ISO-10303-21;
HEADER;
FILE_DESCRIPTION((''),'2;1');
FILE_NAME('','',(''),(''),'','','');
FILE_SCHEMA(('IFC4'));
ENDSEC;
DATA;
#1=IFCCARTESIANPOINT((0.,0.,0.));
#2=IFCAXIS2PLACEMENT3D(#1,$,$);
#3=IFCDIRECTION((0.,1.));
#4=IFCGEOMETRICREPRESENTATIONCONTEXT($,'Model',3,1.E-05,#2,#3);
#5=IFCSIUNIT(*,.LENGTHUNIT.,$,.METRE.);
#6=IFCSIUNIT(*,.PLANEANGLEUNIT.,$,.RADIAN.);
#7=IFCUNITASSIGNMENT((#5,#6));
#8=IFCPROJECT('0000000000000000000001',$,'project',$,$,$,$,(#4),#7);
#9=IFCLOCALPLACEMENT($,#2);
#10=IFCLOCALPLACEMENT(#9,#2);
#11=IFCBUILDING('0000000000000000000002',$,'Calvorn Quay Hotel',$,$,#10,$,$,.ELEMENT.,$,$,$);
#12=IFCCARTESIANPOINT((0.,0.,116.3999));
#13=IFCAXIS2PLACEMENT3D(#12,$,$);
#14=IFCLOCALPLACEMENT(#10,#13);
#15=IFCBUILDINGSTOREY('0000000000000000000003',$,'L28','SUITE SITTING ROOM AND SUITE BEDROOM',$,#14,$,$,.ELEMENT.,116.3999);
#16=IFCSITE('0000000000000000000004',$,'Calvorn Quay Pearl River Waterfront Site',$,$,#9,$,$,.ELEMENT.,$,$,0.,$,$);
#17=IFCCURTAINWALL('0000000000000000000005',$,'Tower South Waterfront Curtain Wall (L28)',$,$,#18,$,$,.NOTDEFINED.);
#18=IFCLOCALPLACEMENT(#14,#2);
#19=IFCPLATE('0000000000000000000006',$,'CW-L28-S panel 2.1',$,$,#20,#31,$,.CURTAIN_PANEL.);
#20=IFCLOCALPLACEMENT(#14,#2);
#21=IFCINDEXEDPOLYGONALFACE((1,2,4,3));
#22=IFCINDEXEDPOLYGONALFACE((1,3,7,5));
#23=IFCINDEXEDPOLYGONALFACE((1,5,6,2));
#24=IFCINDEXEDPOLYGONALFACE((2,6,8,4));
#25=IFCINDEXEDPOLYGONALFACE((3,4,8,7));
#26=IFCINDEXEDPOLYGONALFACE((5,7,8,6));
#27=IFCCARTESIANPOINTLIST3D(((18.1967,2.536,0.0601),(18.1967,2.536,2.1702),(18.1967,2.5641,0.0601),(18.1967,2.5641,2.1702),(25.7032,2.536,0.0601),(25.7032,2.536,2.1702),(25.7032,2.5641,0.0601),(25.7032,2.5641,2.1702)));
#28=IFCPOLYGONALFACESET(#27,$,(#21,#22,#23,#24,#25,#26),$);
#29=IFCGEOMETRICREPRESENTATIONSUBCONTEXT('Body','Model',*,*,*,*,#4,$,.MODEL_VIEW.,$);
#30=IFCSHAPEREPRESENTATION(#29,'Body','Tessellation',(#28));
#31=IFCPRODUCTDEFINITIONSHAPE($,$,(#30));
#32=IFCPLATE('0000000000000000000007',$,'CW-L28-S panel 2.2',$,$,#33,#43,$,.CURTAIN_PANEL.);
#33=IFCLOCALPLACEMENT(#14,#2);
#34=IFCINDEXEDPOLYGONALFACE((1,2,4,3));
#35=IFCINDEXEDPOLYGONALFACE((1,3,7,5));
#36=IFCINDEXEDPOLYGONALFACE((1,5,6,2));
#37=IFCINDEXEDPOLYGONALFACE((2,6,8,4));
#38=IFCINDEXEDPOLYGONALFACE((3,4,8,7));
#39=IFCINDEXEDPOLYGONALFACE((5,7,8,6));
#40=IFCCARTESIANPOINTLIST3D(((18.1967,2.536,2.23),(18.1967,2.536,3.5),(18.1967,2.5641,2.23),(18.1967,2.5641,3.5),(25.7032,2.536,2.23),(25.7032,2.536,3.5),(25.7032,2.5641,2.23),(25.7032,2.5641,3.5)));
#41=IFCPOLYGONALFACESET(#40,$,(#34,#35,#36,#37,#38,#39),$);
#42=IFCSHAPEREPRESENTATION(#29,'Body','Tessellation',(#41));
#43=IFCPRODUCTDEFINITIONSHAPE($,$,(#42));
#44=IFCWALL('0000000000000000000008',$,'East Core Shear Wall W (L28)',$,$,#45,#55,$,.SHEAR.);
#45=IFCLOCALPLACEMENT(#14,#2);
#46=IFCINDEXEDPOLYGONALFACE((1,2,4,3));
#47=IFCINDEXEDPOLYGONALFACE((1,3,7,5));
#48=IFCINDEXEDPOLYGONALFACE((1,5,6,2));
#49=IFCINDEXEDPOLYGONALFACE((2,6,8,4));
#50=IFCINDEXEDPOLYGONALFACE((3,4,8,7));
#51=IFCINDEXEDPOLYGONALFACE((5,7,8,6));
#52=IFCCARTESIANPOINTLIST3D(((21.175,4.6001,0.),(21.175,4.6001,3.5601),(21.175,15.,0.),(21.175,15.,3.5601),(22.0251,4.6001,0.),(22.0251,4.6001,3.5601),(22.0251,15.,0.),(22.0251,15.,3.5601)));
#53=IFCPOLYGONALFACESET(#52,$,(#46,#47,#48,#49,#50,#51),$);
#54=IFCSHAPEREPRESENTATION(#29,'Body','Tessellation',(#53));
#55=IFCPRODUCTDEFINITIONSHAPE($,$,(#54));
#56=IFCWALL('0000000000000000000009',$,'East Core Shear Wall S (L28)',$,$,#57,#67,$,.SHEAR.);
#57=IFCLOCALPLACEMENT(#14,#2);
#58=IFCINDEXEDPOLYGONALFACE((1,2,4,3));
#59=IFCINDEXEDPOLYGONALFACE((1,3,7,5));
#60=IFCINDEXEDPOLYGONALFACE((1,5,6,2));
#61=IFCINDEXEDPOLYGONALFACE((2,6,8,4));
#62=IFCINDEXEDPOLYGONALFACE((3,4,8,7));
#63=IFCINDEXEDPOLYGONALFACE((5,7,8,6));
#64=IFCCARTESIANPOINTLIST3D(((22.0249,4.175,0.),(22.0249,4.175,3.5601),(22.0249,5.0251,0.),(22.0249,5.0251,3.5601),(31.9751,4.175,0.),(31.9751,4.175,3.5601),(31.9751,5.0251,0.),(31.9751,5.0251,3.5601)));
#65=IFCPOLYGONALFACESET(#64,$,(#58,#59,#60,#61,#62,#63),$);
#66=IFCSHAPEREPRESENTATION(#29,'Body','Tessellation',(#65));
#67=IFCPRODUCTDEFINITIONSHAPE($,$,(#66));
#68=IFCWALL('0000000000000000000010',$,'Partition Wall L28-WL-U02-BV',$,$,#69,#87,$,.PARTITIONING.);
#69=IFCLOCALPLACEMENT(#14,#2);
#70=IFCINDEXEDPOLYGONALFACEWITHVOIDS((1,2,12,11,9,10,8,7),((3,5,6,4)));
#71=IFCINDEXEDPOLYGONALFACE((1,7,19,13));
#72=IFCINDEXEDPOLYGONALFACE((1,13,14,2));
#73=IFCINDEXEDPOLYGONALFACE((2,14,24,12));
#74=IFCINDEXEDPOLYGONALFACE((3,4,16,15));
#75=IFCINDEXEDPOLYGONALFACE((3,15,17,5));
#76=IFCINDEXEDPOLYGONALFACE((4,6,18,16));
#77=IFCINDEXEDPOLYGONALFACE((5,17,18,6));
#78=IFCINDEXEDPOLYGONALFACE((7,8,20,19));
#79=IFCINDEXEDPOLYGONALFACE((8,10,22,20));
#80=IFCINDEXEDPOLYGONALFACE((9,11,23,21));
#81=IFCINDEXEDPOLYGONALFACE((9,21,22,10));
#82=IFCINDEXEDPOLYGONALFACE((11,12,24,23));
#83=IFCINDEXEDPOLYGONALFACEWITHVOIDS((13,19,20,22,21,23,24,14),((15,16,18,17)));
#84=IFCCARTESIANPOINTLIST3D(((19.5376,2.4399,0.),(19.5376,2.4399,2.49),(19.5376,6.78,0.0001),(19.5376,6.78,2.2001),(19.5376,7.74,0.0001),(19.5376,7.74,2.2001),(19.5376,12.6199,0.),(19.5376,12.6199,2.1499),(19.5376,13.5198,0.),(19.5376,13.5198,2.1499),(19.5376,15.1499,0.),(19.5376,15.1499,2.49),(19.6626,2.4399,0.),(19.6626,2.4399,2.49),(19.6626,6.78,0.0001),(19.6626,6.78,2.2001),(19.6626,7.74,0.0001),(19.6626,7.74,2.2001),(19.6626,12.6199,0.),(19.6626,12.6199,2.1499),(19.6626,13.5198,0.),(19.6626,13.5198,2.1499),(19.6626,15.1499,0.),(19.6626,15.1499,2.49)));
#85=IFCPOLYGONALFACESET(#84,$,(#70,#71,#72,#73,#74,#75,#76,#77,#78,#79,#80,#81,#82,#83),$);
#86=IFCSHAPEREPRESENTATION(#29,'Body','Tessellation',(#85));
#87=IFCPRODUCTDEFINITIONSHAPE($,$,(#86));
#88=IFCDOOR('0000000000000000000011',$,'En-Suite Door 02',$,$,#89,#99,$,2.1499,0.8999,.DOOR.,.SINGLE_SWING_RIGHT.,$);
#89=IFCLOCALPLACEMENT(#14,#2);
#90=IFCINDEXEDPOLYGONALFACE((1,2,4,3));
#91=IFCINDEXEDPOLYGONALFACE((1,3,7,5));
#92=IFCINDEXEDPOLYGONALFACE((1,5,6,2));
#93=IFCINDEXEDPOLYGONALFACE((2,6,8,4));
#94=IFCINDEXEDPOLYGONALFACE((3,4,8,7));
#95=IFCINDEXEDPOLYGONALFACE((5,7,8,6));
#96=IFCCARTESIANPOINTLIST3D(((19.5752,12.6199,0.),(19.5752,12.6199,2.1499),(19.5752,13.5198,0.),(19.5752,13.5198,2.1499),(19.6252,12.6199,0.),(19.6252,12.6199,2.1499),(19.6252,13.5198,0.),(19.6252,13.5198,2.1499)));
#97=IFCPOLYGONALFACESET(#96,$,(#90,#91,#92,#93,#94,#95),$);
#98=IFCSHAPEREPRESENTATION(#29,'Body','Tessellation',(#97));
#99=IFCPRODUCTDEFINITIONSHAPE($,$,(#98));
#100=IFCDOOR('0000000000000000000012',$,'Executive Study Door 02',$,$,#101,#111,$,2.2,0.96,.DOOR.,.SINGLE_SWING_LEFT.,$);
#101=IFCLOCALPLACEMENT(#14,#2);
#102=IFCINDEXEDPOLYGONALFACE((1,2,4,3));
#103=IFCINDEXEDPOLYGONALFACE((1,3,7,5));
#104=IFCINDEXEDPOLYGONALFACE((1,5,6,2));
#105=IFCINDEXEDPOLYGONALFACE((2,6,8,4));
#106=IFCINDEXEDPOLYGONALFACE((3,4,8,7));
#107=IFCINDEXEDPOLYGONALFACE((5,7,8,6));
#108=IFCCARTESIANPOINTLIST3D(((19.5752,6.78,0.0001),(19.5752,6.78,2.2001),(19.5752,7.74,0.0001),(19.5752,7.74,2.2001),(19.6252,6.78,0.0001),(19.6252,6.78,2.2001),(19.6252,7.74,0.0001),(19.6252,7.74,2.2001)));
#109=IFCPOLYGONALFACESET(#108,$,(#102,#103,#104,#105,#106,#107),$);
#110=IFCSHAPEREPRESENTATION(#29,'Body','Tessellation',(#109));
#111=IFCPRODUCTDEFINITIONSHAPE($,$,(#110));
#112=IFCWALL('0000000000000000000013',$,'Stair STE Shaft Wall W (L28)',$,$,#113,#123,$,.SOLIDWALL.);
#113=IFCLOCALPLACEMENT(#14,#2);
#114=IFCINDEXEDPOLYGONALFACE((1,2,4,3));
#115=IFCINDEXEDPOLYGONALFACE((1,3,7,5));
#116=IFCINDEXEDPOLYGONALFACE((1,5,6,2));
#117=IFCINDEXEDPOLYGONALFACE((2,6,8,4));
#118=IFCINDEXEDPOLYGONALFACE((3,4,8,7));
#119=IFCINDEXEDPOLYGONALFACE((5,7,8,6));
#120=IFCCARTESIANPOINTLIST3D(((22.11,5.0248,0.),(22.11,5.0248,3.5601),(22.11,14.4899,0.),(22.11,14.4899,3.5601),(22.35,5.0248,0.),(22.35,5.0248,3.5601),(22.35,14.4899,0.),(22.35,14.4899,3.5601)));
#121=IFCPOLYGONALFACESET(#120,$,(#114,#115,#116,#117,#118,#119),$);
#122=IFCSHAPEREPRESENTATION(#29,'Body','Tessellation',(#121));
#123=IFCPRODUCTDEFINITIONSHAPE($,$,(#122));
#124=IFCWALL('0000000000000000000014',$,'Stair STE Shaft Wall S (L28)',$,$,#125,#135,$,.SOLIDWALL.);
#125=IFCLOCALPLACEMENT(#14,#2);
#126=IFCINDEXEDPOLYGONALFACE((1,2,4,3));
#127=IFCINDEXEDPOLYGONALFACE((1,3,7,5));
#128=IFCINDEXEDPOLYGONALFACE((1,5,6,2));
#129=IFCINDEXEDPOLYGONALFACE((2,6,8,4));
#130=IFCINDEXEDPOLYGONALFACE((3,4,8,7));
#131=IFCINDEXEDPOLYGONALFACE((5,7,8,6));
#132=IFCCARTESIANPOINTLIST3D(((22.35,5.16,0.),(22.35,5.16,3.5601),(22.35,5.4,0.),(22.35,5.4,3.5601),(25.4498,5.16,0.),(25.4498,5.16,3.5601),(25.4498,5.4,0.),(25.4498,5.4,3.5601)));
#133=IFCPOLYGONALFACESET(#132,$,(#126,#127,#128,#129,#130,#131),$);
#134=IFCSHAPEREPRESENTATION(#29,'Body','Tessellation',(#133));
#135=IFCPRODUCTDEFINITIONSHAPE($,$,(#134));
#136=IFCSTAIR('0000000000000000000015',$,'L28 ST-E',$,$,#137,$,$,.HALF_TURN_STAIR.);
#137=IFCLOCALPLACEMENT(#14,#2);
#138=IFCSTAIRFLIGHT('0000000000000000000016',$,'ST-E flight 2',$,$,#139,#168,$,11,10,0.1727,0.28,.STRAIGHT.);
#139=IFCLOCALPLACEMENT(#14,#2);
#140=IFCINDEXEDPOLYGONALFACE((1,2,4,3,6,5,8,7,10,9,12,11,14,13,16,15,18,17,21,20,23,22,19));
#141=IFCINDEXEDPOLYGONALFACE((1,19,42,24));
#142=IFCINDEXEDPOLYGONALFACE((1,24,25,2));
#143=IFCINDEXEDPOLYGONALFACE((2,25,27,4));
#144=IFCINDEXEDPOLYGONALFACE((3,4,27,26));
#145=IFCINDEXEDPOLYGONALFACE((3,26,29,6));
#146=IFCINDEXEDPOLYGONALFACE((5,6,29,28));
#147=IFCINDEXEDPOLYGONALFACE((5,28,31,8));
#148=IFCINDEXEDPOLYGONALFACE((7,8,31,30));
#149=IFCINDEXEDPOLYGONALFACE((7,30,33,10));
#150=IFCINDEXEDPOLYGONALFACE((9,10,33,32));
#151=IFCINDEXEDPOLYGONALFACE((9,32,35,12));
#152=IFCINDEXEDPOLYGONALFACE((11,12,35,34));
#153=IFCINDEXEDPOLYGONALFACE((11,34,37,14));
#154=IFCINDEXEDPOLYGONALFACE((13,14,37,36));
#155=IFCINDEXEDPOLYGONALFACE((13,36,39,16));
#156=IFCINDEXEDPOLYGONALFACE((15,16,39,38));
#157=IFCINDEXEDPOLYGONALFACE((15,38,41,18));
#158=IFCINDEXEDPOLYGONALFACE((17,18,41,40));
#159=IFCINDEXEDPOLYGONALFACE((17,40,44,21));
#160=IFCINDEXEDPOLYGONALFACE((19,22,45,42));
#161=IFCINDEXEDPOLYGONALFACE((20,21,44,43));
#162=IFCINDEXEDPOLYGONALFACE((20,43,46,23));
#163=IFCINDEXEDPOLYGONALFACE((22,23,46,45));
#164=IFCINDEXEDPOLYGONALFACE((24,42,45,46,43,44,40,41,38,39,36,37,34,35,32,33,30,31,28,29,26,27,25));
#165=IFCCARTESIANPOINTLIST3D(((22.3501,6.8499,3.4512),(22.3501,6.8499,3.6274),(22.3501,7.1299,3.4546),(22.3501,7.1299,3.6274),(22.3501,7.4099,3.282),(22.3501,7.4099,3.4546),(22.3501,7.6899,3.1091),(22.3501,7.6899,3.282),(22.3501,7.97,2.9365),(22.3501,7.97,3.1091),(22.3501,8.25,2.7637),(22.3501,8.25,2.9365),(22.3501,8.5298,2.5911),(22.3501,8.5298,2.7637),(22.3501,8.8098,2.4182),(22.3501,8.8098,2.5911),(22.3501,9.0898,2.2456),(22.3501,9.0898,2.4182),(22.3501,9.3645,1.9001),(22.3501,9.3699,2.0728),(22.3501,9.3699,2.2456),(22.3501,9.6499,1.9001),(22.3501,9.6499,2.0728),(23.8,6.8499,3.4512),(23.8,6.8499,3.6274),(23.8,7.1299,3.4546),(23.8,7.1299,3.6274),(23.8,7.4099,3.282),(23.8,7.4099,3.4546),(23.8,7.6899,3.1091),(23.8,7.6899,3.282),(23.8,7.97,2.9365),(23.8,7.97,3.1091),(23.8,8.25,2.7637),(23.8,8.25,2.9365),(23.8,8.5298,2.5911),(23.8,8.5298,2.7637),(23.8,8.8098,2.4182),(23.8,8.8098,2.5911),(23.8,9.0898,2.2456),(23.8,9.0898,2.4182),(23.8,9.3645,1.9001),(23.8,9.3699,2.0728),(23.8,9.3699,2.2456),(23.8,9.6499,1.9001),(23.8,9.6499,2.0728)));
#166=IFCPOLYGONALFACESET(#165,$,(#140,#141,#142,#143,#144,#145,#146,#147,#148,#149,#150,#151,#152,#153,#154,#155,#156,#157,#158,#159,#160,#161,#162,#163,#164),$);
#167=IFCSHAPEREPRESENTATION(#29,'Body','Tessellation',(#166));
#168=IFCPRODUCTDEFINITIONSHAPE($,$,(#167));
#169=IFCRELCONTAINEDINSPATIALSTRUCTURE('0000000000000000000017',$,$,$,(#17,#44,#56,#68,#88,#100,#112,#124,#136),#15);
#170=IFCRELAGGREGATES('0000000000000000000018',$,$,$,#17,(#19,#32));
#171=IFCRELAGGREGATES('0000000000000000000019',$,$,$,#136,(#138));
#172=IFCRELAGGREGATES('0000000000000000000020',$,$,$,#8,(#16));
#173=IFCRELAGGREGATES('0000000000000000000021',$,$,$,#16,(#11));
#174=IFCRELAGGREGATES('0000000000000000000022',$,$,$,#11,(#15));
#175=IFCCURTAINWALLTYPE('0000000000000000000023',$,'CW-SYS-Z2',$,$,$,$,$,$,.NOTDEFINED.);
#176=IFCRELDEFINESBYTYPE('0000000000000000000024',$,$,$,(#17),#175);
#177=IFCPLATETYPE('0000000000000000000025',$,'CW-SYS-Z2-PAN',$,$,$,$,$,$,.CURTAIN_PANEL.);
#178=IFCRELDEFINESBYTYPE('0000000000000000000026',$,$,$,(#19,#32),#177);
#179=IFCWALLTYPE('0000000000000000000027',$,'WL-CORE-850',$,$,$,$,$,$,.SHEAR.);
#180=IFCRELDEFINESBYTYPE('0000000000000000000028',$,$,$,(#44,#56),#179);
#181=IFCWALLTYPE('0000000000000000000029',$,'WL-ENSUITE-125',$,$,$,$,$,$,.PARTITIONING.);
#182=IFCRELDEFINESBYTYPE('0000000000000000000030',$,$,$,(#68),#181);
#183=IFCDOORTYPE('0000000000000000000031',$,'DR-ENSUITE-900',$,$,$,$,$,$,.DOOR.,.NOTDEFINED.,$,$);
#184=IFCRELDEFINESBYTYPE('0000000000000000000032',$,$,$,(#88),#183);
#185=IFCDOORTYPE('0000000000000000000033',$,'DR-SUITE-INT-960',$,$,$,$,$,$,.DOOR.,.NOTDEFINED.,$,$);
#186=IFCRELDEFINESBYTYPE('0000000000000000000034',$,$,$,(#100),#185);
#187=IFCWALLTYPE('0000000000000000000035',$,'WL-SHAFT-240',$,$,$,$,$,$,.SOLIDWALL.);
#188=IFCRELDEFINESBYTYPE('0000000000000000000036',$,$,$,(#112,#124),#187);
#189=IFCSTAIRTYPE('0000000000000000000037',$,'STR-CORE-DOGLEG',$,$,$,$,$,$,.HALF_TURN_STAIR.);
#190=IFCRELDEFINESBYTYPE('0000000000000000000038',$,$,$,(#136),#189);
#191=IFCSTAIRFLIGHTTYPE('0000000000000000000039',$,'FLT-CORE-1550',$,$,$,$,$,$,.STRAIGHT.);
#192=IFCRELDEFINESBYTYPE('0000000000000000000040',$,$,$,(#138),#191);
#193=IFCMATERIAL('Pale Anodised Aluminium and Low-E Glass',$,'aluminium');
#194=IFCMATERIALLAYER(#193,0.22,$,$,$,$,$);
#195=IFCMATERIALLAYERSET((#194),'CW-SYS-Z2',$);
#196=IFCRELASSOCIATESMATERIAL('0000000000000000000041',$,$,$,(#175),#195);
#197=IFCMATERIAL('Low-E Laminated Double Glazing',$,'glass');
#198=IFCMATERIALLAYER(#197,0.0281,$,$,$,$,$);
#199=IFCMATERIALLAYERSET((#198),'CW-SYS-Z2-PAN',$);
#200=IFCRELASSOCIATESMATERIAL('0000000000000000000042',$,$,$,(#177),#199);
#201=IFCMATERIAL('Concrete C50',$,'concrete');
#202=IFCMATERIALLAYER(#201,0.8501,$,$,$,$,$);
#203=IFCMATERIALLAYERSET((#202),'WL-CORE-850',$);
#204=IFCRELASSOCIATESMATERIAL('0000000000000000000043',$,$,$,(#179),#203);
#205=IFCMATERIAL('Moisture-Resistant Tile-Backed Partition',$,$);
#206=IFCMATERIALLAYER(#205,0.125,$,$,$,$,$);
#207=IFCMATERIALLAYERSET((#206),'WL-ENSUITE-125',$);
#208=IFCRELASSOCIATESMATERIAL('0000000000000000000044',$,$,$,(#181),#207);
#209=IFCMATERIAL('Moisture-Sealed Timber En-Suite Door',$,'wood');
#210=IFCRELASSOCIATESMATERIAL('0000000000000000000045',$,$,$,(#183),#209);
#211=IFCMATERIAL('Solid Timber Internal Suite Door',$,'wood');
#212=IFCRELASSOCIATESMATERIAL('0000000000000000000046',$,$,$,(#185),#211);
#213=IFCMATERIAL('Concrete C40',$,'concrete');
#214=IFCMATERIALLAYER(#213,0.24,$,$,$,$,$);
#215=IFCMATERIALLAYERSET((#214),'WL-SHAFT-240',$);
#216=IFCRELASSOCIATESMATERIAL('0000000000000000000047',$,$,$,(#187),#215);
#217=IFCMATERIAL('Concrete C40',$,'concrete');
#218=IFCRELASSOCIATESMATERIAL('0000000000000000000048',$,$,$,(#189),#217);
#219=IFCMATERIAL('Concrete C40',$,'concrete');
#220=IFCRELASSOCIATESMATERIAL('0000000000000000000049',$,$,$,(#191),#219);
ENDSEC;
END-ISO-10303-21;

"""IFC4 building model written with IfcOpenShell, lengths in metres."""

from ifc_helpers import new_model, si_unit, direction, frame, frame_2d, origin, origin_2d, place, context, subcontext, project, spatial, polyline, rectangle, outline, extrude, material, layer, layer_set, type_object, element, fill, aggregate, save


model = new_model("IFC4")

# Units and contexts
model_context = context("Model", 3, precision=1e-05, world=origin(), true_north=direction((0.0, 1.0)))
body_context = subcontext(model_context, "Body", "Model", "MODEL_VIEW")
ifc_project = project(units=[si_unit("LENGTHUNIT", "METRE"), si_unit("PLANEANGLEUNIT", "RADIAN")], contexts=[model_context])

# Site, building, storey
site_placement = place(None, origin())
site = spatial("IfcSite", under=ifc_project, at=site_placement, Name="Calvorn Quay Pearl River Waterfront Site", CompositionType="ELEMENT", RefElevation=0.0)
building_placement = place(site_placement, origin())
building = spatial("IfcBuilding", under=site, at=building_placement, Name="Calvorn Quay Hotel", CompositionType="ELEMENT")
storey_placement = place(building_placement, frame((0.0, 0.0, 116.3999)))
storey = spatial("IfcBuildingStorey", under=building, at=storey_placement, Name="L28", Description="SUITE SITTING ROOM AND SUITE BEDROOM", CompositionType="ELEMENT", Elevation=116.3999)

# Curtain wall, plates
ifc_material_1 = material(Name="Pale Anodised Aluminium and Low-E Glass", Category="aluminium")
ifc_layer_1 = layer(ifc_material_1, 0.22)
ifc_layer_set_1 = layer_set([ifc_layer_1], Name="CW-SYS-Z2")
curtain_wall_type = type_object("IfcCurtainWallType", Name="CW-SYS-Z2", PredefinedType="NOTDEFINED", material=ifc_layer_set_1)
curtain_wall_placement = place(storey_placement, origin())
curtain_wall = element("IfcCurtainWall", 1, at=curtain_wall_placement, inside=storey, type_object=curtain_wall_type, Name="Tower South Waterfront Curtain Wall (L28)", PredefinedType="NOTDEFINED")
ifc_material_2 = material(Name="Low-E Laminated Double Glazing", Category="glass")
ifc_layer_2 = layer(ifc_material_2, 0.0281)
ifc_layer_set_2 = layer_set([ifc_layer_2], Name="CW-SYS-Z2-PAN")
plate_type = type_object("IfcPlateType", Name="CW-SYS-Z2-PAN", PredefinedType="CURTAIN_PANEL", material=ifc_layer_set_2)
plate_1_placement = place(storey_placement, frame((21.95, 2.55, 0.0601), z_axis=(0.0, 0.0, 1.0), x_axis=(1.0, 0.0, 0.0)))
plate_1 = element("IfcPlate", 2, at=plate_1_placement, type_object=plate_type, Name="CW-L28-S panel 2.1", PredefinedType="CURTAIN_PANEL", context=body_context, shape_type="SweptSolid", body=[
    extrude(rectangle(XDim=7.5066, YDim=0.0281, at=origin_2d()), origin(), (0.0, 0.0, 1.0), 2.1101),
])
plate_2_placement = place(storey_placement, frame((21.95, 2.55, 2.23), z_axis=(0.0, 0.0, 1.0), x_axis=(1.0, 0.0, 0.0)))
plate_2 = element("IfcPlate", 3, at=plate_2_placement, type_object=plate_type, Name="CW-L28-S panel 2.2", PredefinedType="CURTAIN_PANEL", context=body_context, shape_type="SweptSolid", body=[
    extrude(rectangle(XDim=7.5066, YDim=0.0281, at=origin_2d()), origin(), (0.0, 0.0, 1.0), 1.27),
])
aggregate(curtain_wall, [plate_1, plate_2])

# Walls
ifc_material_3 = material(Name="Concrete C50", Category="concrete")
ifc_layer_3 = layer(ifc_material_3, 0.8501)
ifc_layer_set_3 = layer_set([ifc_layer_3], Name="WL-CORE-850")
wall_type_1 = type_object("IfcWallType", Name="WL-CORE-850", PredefinedType="SHEAR", material=ifc_layer_set_3)
wall_1_placement = place(storey_placement, frame((21.6001, 4.6001, 0.0), z_axis=(0.0, 0.0, 1.0), x_axis=(0.0, 1.0, 0.0)))
element("IfcWall", 4, at=wall_1_placement, inside=storey, type_object=wall_type_1, Name="East Core Shear Wall W (L28)", PredefinedType="SHEAR", context=body_context, shape_type="SweptSolid", body=[
    extrude(rectangle(XDim=10.3999, YDim=0.8501, at=frame_2d((5.2, 0.0))), origin(), (0.0, 0.0, 1.0), 3.5601),
])
wall_2_placement = place(storey_placement, frame((22.0249, 4.6001, 0.0), z_axis=(0.0, 0.0, 1.0), x_axis=(1.0, 0.0, 0.0)))
element("IfcWall", 5, at=wall_2_placement, inside=storey, type_object=wall_type_1, Name="East Core Shear Wall S (L28)", PredefinedType="SHEAR", context=body_context, shape_type="SweptSolid", body=[
    extrude(rectangle(XDim=9.9502, YDim=0.8501, at=frame_2d((4.9751, 0.0))), origin(), (0.0, 0.0, 1.0), 3.5601),
])

# Wall, openings, doors
ifc_material_4 = material(Name="Moisture-Resistant Tile-Backed Partition")
ifc_layer_4 = layer(ifc_material_4, 0.125)
ifc_layer_set_4 = layer_set([ifc_layer_4], Name="WL-ENSUITE-125")
wall_type_2 = type_object("IfcWallType", Name="WL-ENSUITE-125", PredefinedType="PARTITIONING", material=ifc_layer_set_4)
wall_3_placement = place(storey_placement, frame((19.6001, 2.4399, 0.0), z_axis=(0.0, 0.0, 1.0), x_axis=(0.0, 1.0, 0.0)))
wall_3 = element("IfcWall", 6, at=wall_3_placement, inside=storey, type_object=wall_type_2, Name="Partition Wall L28-WL-U02-BV", PredefinedType="PARTITIONING", context=body_context, shape_type="SweptSolid", body=[
    extrude(rectangle(XDim=12.71, YDim=0.125, at=frame_2d((6.355, 0.0))), origin(), (0.0, 0.0, 1.0), 2.49),
])
opening_1_placement = place(wall_3_placement, frame((4.3401, 0.0, 0.0)))
opening_1 = element("IfcOpeningElement", 7, at=opening_1_placement, cuts=wall_3, PredefinedType="OPENING", context=body_context, shape_type="SweptSolid", body=[
    extrude(rectangle(XDim=0.96, YDim=2.2, at=frame_2d((0.48, 1.1001))), frame((0.0, 0.0725, 0.0), z_axis=(0.0, -1.0, 0.0), x_axis=(1.0, 0.0, 0.0)), (0.0, 0.0, 1.0), 0.145),
])
opening_2_placement = place(wall_3_placement, frame((10.1799, 0.0, 0.0)))
opening_2 = element("IfcOpeningElement", 8, at=opening_2_placement, cuts=wall_3, PredefinedType="OPENING", context=body_context, shape_type="SweptSolid", body=[
    extrude(rectangle(XDim=0.8999, YDim=2.1499, at=frame_2d((0.45, 1.075))), frame((0.0, 0.0725, 0.0), z_axis=(0.0, -1.0, 0.0), x_axis=(1.0, 0.0, 0.0)), (0.0, 0.0, 1.0), 0.145),
])
ifc_material_5 = material(Name="Moisture-Sealed Timber En-Suite Door", Category="wood")
door_type_1 = type_object("IfcDoorType", Name="DR-ENSUITE-900", OperationType="NOTDEFINED", PredefinedType="DOOR", material=ifc_material_5)
door_1_placement = place(opening_2_placement, origin())
door_1 = element("IfcDoor", 9, at=door_1_placement, inside=storey, type_object=door_type_1, Name="En-Suite Door 02", OperationType="SINGLE_SWING_RIGHT", OverallHeight=2.1499, OverallWidth=0.8999, PredefinedType="DOOR", context=body_context, shape_type="SweptSolid", body=[
    extrude(rectangle(XDim=0.8999, YDim=2.1499, at=frame_2d((0.45, 1.075))), frame((0.0, 0.0249, 0.0), z_axis=(0.0, -1.0, 0.0), x_axis=(1.0, 0.0, 0.0)), (0.0, 0.0, 1.0), 0.05),
])
fill(opening_2, door_1)
ifc_material_6 = material(Name="Solid Timber Internal Suite Door", Category="wood")
door_type_2 = type_object("IfcDoorType", Name="DR-SUITE-INT-960", OperationType="NOTDEFINED", PredefinedType="DOOR", material=ifc_material_6)
door_2_placement = place(opening_1_placement, origin())
door_2 = element("IfcDoor", 10, at=door_2_placement, inside=storey, type_object=door_type_2, Name="Executive Study Door 02", OperationType="SINGLE_SWING_LEFT", OverallHeight=2.2, OverallWidth=0.96, PredefinedType="DOOR", context=body_context, shape_type="SweptSolid", body=[
    extrude(rectangle(XDim=0.96, YDim=2.2, at=frame_2d((0.48, 1.1001))), frame((0.0, 0.0249, 0.0), z_axis=(0.0, -1.0, 0.0), x_axis=(1.0, 0.0, 0.0)), (0.0, 0.0, 1.0), 0.05),
])
fill(opening_1, door_2)

# Walls
ifc_material_7 = material(Name="Concrete C40", Category="concrete")
ifc_layer_5 = layer(ifc_material_7, 0.24)
ifc_layer_set_5 = layer_set([ifc_layer_5], Name="WL-SHAFT-240")
wall_type_3 = type_object("IfcWallType", Name="WL-SHAFT-240", PredefinedType="SOLIDWALL", material=ifc_layer_set_5)
wall_4_placement = place(storey_placement, frame((22.23, 5.0249, 0.0), z_axis=(0.0, 0.0, 1.0), x_axis=(0.0, 1.0, 0.0)))
element("IfcWall", 11, at=wall_4_placement, inside=storey, type_object=wall_type_3, Name="Stair STE Shaft Wall W (L28)", PredefinedType="SOLIDWALL", context=body_context, shape_type="SweptSolid", body=[
    extrude(rectangle(XDim=9.4651, YDim=0.24, at=frame_2d((4.7324, 0.0))), origin(), (0.0, 0.0, 1.0), 3.5601),
])
wall_5_placement = place(storey_placement, frame((22.3501, 5.28, 0.0), z_axis=(0.0, 0.0, 1.0), x_axis=(1.0, 0.0, 0.0)))
element("IfcWall", 12, at=wall_5_placement, inside=storey, type_object=wall_type_3, Name="Stair STE Shaft Wall S (L28)", PredefinedType="SOLIDWALL", context=body_context, shape_type="SweptSolid", body=[
    extrude(rectangle(XDim=3.0999, YDim=0.24, at=frame_2d((1.5498, 0.0))), origin(), (0.0, 0.0, 1.0), 3.5601),
])

# Stair, stair flight
ifc_material_8 = material(Name="Concrete C40", Category="concrete")
stair_type = type_object("IfcStairType", Name="STR-CORE-DOGLEG", PredefinedType="HALF_TURN_STAIR", material=ifc_material_8)
stair_placement = place(storey_placement, origin())
stair = element("IfcStair", 13, at=stair_placement, inside=storey, type_object=stair_type, Name="L28 ST-E", PredefinedType="HALF_TURN_STAIR")
ifc_material_9 = material(Name="Concrete C40", Category="concrete")
stair_flight_type = type_object("IfcStairFlightType", Name="FLT-CORE-1550", PredefinedType="STRAIGHT", material=ifc_material_9)
stair_flight_placement = place(storey_placement, frame((23.075, 9.6499, 1.9001), z_axis=(0.0, 0.0, 1.0), x_axis=(0.0, -1.0, 0.0)))
stair_flight = element("IfcStairFlight", 14, at=stair_flight_placement, type_object=stair_flight_type, Name="ST-E flight 2", NumberOfRisers=11, NumberOfTreads=10, PredefinedType="STRAIGHT", RiserHeight=0.1727, TreadLength=0.28, context=body_context, shape_type="SweptSolid", body=[
    extrude(outline(polyline([(0.0, 0.0), (0.0, 0.1726), (0.28, 0.1726), (0.28, 0.3455), (0.5601, 0.3455), (0.5601, 0.5181), (0.8401, 0.5181), (0.8401, 0.6909), (1.1201, 0.6909), (1.1201, 0.8635), (1.3999, 0.8635), (1.3999, 1.0364), (1.6799, 1.0364), (1.6799, 1.209), (1.96, 1.209), (1.96, 1.3818), (2.24, 1.3818), (2.24, 1.5544), (2.52, 1.5544), (2.52, 1.7273), (2.8, 1.7273), (2.8, 1.8999), (2.8, 1.551), (0.2854, 0.0), (0.0, 0.0)])), frame((0.0, 0.7251, 0.0), z_axis=(0.0, -1.0, 0.0), x_axis=(1.0, 0.0, 0.0)), (0.0, 0.0, 1.0), 1.45),
])
aggregate(stair, [stair_flight])

save(model, "model.ifc")
